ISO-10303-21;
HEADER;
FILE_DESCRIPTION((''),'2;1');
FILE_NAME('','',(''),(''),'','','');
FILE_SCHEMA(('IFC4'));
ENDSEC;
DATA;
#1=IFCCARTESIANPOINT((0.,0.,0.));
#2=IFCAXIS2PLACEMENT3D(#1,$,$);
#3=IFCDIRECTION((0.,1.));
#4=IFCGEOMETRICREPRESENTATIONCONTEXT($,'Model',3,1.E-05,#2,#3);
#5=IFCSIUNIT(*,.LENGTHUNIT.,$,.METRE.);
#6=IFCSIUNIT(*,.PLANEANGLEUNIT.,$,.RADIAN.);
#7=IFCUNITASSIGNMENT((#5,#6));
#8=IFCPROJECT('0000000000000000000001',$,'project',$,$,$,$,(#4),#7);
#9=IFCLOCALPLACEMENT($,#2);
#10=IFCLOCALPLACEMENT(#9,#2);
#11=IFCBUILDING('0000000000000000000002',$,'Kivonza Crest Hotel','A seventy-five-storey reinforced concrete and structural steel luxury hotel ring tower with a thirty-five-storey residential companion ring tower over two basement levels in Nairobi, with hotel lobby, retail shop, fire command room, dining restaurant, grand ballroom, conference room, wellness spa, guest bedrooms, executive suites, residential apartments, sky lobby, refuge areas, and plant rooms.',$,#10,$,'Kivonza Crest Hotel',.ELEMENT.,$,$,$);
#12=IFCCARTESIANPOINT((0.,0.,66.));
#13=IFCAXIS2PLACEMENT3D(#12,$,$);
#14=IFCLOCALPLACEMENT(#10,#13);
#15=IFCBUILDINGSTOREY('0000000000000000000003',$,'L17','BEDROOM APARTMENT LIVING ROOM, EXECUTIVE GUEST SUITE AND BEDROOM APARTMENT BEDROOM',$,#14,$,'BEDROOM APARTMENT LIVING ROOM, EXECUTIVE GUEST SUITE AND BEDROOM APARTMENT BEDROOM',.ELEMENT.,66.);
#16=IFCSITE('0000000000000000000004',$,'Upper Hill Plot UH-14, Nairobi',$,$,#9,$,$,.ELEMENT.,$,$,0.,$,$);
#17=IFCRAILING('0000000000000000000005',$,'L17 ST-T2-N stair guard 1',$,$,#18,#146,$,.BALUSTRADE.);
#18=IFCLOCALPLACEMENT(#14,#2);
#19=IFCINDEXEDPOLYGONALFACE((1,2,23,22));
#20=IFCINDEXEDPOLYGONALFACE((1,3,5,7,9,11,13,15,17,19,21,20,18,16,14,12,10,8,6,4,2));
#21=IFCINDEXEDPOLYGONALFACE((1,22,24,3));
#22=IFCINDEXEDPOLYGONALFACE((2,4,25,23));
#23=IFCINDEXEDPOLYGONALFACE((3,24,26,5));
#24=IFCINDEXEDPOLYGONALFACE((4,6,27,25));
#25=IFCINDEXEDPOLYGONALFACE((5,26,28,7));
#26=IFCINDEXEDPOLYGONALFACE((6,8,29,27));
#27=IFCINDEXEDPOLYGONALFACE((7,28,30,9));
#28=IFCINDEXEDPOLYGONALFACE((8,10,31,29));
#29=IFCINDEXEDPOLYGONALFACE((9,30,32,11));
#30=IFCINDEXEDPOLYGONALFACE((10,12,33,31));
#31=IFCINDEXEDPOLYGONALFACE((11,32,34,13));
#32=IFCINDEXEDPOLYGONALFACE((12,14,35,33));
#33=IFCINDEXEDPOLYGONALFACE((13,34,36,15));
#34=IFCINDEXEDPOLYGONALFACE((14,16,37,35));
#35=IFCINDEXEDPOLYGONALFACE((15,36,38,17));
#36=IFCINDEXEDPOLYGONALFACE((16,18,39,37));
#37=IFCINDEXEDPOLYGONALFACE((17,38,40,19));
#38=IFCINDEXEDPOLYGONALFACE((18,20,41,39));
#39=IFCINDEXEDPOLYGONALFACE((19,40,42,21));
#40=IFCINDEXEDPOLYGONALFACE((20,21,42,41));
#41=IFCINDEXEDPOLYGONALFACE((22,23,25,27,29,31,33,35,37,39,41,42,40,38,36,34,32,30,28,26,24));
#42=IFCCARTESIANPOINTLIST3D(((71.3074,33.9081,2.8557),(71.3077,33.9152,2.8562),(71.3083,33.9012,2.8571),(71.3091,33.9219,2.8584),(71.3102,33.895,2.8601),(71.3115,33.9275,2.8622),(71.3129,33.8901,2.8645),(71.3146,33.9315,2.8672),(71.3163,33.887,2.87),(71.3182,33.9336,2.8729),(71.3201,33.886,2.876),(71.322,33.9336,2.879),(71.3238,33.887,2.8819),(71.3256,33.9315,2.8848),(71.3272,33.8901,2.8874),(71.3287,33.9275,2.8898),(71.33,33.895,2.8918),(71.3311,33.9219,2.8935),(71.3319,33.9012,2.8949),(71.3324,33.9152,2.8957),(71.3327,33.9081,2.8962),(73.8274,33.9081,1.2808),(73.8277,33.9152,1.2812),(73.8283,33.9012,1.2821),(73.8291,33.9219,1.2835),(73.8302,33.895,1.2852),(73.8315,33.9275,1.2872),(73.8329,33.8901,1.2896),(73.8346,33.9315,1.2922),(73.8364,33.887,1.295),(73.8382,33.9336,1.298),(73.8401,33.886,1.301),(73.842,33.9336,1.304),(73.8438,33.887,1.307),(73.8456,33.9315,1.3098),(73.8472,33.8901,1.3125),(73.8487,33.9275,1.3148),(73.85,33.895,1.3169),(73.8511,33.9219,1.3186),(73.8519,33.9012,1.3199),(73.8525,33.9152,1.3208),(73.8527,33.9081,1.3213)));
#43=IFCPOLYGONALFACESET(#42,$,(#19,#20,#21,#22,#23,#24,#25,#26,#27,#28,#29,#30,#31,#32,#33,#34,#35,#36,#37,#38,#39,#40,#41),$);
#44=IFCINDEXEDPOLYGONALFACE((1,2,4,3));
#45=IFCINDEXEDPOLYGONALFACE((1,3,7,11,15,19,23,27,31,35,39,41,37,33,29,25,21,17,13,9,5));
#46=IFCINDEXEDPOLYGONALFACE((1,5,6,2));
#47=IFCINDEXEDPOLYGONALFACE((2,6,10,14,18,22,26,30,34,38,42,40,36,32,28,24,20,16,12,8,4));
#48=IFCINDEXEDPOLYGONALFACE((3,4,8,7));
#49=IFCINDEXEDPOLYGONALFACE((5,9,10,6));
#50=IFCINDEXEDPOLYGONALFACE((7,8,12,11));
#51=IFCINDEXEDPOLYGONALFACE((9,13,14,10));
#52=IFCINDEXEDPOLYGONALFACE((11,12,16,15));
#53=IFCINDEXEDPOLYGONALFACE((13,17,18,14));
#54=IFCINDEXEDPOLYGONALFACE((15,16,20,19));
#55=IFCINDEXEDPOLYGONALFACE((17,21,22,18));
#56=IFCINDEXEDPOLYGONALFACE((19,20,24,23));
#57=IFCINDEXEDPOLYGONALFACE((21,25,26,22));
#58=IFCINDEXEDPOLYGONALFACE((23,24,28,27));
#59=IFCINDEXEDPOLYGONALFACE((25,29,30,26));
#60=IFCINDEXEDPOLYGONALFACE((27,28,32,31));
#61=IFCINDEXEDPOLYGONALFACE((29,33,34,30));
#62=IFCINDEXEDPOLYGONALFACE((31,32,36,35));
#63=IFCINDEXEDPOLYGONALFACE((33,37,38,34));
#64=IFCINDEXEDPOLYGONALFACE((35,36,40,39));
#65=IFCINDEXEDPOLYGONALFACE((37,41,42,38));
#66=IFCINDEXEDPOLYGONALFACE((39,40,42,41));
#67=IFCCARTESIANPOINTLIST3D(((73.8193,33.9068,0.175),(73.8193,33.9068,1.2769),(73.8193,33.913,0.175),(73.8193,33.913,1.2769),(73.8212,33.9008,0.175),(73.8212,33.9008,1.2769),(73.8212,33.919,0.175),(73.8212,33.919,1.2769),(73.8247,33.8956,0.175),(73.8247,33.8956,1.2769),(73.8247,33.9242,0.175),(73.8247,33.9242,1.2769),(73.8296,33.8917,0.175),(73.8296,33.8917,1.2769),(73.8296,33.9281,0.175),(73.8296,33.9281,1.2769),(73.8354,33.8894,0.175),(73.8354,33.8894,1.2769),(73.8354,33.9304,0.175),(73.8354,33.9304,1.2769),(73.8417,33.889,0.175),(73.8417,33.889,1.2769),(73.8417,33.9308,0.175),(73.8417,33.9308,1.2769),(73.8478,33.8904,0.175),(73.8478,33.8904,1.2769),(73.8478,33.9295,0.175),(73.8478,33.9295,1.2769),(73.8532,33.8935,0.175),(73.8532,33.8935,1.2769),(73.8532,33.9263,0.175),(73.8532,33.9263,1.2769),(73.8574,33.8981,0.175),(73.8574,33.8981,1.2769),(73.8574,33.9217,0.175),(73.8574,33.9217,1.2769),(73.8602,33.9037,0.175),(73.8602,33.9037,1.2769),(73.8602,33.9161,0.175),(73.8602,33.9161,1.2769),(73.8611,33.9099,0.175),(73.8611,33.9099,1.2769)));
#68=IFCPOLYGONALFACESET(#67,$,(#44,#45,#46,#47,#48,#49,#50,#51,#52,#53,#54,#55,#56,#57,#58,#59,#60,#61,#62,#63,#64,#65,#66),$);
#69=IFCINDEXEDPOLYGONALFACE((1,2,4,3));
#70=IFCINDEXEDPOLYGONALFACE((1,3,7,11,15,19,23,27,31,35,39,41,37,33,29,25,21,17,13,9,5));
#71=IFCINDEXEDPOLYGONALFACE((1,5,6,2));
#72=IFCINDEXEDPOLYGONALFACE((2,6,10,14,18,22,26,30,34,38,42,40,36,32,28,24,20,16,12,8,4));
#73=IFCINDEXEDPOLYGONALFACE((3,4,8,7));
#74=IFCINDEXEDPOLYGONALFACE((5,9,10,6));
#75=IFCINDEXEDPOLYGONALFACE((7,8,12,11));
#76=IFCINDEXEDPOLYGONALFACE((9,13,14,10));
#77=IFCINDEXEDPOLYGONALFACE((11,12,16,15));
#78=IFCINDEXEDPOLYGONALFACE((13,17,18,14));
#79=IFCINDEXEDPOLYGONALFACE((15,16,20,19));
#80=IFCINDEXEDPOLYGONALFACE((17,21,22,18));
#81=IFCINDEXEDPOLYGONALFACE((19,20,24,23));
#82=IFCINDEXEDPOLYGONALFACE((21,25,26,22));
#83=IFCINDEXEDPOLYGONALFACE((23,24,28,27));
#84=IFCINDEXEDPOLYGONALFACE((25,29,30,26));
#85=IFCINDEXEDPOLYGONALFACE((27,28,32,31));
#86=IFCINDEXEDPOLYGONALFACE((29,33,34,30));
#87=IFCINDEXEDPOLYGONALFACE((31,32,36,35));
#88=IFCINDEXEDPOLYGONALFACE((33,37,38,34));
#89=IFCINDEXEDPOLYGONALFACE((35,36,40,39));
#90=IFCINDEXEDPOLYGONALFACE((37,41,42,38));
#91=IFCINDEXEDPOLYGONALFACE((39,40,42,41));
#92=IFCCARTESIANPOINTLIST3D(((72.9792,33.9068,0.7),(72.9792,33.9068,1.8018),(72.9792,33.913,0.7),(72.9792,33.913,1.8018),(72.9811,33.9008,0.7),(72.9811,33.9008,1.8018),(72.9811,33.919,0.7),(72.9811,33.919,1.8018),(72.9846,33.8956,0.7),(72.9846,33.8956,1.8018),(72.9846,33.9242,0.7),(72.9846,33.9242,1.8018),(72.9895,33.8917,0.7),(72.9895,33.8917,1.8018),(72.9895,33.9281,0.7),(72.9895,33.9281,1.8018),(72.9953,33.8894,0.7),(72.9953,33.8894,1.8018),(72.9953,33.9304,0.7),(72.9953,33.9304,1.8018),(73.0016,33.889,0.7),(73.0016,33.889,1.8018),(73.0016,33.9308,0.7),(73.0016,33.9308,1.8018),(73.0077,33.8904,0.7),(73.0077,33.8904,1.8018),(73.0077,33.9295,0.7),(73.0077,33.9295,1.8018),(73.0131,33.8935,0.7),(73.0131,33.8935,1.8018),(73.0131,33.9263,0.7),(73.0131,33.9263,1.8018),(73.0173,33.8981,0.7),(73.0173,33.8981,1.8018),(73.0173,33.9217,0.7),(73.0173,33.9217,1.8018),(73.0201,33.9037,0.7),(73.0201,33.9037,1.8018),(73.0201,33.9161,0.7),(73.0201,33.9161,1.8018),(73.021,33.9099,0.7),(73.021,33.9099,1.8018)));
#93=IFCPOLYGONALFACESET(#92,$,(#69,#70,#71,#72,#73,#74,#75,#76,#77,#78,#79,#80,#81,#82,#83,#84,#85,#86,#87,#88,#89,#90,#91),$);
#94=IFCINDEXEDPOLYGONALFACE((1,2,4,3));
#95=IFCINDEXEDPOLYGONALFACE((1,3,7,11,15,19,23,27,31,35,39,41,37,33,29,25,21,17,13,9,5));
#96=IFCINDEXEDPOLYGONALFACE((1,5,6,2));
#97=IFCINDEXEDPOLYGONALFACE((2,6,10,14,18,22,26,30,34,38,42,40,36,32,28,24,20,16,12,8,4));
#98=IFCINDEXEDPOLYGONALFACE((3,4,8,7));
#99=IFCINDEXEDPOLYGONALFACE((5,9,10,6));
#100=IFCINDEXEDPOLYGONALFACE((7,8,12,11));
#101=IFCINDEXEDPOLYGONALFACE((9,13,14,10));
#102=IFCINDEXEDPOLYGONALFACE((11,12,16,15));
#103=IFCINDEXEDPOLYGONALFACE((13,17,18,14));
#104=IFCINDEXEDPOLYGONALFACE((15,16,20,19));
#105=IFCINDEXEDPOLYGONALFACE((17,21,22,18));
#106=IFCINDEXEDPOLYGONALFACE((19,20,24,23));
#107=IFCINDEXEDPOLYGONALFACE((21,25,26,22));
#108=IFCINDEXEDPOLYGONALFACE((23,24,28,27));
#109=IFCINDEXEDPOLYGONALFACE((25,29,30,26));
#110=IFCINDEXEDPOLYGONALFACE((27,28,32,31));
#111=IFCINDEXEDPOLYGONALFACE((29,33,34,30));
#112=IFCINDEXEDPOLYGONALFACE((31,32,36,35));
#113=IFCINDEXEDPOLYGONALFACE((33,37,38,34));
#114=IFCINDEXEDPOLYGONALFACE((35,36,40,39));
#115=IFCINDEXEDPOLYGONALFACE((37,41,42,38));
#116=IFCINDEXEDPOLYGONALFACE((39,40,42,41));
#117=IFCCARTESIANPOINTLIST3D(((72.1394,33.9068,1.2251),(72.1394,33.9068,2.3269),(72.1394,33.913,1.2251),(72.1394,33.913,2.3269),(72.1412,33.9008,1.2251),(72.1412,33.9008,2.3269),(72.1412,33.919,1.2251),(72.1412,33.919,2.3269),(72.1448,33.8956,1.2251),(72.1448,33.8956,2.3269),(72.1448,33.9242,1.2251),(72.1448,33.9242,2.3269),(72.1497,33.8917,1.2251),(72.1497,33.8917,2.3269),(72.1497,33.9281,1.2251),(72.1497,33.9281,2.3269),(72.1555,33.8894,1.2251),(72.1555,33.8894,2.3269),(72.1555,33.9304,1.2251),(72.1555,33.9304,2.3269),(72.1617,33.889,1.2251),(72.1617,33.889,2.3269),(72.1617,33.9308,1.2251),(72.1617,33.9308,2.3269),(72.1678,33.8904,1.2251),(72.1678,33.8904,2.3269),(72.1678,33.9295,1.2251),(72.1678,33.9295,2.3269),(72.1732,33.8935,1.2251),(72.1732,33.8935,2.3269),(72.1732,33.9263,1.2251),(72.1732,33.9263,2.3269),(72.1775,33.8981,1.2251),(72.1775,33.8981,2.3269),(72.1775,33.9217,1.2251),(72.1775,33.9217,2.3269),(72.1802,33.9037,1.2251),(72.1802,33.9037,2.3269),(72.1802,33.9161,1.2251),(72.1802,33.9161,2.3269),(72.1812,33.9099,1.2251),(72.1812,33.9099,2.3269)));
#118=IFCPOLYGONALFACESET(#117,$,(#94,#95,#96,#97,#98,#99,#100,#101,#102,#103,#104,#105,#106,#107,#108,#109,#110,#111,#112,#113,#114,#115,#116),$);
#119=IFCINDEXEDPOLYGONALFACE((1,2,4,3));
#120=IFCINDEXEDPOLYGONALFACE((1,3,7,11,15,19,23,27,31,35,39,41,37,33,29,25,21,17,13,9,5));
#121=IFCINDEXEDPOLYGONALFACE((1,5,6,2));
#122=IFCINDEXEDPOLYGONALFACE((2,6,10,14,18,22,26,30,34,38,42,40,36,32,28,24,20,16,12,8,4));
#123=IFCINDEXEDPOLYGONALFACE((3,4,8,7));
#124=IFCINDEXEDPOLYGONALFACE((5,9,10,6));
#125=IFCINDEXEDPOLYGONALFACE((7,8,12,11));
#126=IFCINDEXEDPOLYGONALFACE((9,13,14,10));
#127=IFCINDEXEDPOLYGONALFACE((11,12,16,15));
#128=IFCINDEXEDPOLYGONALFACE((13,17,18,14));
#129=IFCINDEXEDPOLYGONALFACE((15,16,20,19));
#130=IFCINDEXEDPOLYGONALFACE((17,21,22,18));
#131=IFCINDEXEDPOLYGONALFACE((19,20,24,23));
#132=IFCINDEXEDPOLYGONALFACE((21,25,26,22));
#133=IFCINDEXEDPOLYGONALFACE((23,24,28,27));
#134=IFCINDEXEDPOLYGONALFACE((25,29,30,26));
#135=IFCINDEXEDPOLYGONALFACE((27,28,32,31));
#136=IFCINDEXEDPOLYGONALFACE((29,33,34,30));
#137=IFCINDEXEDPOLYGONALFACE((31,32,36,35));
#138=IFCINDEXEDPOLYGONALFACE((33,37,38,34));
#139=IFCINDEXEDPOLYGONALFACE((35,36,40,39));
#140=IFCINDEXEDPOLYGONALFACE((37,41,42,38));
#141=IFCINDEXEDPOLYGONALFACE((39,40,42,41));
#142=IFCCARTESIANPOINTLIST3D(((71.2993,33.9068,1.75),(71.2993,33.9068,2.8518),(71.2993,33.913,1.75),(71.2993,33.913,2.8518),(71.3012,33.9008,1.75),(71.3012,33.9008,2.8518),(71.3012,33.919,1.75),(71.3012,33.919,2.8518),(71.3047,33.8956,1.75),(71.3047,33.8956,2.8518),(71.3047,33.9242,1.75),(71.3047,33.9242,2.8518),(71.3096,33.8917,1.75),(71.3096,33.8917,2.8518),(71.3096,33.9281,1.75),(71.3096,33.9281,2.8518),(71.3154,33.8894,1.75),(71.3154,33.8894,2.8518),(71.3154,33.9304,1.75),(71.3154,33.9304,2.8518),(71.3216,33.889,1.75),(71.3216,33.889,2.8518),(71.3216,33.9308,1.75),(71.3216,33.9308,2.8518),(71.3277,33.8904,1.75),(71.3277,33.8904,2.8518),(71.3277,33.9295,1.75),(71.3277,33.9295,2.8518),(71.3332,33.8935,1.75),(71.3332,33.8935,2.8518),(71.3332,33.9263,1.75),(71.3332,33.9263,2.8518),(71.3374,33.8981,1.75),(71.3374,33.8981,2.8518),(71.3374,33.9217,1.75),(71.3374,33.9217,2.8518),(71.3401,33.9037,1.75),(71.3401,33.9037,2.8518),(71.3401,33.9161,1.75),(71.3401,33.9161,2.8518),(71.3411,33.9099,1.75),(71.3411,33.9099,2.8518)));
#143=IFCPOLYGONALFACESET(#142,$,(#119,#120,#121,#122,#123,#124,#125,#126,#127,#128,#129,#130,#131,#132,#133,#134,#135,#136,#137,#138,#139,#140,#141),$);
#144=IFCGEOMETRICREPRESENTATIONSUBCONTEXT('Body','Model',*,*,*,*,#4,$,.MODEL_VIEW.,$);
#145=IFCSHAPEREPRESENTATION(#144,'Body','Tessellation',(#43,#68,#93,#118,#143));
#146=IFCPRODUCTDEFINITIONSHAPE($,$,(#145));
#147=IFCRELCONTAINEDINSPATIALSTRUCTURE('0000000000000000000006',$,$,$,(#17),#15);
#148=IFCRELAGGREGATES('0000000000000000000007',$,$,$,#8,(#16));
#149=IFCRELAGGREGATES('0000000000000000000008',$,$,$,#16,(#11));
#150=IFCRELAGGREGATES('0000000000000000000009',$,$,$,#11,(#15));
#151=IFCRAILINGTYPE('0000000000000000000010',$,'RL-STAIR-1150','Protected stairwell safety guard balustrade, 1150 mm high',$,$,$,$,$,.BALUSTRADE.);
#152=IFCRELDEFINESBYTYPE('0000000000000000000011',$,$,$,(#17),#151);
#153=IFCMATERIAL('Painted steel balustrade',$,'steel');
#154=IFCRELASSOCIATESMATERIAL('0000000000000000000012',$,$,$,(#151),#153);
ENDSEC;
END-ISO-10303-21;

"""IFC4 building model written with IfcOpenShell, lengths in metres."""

from ifc_helpers import new_model, si_unit, direction, frame, origin, origin_2d, place, context, subcontext, project, spatial, circle, extrude, material, type_object, element, save


model = new_model("IFC4")

# Units and contexts
model_context = context("Model", 3, precision=1e-05, world=origin(), true_north=direction((0.0, 1.0)))
body_context = subcontext(model_context, "Body", "Model", "MODEL_VIEW")
ifc_project = project(units=[si_unit("LENGTHUNIT", "METRE"), si_unit("PLANEANGLEUNIT", "RADIAN")], contexts=[model_context])

# Site, building, storey
site_placement = place(None, origin())
site = spatial("IfcSite", under=ifc_project, at=site_placement, Name="Upper Hill Plot UH-14, Nairobi", CompositionType="ELEMENT", RefElevation=0.0)
building_placement = place(site_placement, origin())
building = spatial("IfcBuilding", under=site, at=building_placement, Name="Kivonza Crest Hotel", Description="A seventy-five-storey reinforced concrete and structural steel luxury hotel ring tower with a thirty-five-storey residential companion ring tower over two basement levels in Nairobi, with hotel lobby, retail shop, fire command room, dining restaurant, grand ballroom, conference room, wellness spa, guest bedrooms, executive suites, residential apartments, sky lobby, refuge areas, and plant rooms.", LongName="Kivonza Crest Hotel", CompositionType="ELEMENT")
storey_placement = place(building_placement, frame((0.0, 0.0, 66.0)))
storey = spatial("IfcBuildingStorey", under=building, at=storey_placement, Name="L17", Description="BEDROOM APARTMENT LIVING ROOM, EXECUTIVE GUEST SUITE AND BEDROOM APARTMENT BEDROOM", LongName="BEDROOM APARTMENT LIVING ROOM, EXECUTIVE GUEST SUITE AND BEDROOM APARTMENT BEDROOM", CompositionType="ELEMENT", Elevation=66.0)

# Railing
ifc_material_1 = material(Name="Painted steel balustrade", Category="steel")
railing_type_1 = type_object("IfcRailingType", Name="RL-STAIR-1150", Description="Protected stairwell safety guard balustrade, 1150 mm high", PredefinedType="BALUSTRADE", material=ifc_material_1)
railing_1_placement = place(storey_placement, frame((73.8401, 33.9099, 0.175)))
element("IfcRailing", 1, at=railing_1_placement, inside=storey, type_object=railing_type_1, Name="L17 ST-T2-N stair guard 1", PredefinedType="BALUSTRADE", context=body_context, shape_type="SweptSolid", body=[
    extrude(circle(Radius=0.0239, at=origin_2d()), frame((0.0, 0.0, 1.126), z_axis=(-0.848008, 0.0, 0.529984), x_axis=(0.0, -1.0, 0.0)), (0.0, 0.0, 1.0), 2.9717),
    extrude(circle(Radius=0.021, at=origin_2d()), origin(), (0.0, 0.0, 1.0), 1.1018),
    extrude(circle(Radius=0.021, at=origin_2d()), frame((-0.8401, 0.0, 0.5249)), (0.0, 0.0, 1.0), 1.1018),
    extrude(circle(Radius=0.021, at=origin_2d()), frame((-1.6799, 0.0, 1.05)), (0.0, 0.0, 1.0), 1.1018),
    extrude(circle(Radius=0.021, at=origin_2d()), frame((-2.52, 0.0, 1.575)), (0.0, 0.0, 1.0), 1.1018),
])

save(model, "model.ifc")
